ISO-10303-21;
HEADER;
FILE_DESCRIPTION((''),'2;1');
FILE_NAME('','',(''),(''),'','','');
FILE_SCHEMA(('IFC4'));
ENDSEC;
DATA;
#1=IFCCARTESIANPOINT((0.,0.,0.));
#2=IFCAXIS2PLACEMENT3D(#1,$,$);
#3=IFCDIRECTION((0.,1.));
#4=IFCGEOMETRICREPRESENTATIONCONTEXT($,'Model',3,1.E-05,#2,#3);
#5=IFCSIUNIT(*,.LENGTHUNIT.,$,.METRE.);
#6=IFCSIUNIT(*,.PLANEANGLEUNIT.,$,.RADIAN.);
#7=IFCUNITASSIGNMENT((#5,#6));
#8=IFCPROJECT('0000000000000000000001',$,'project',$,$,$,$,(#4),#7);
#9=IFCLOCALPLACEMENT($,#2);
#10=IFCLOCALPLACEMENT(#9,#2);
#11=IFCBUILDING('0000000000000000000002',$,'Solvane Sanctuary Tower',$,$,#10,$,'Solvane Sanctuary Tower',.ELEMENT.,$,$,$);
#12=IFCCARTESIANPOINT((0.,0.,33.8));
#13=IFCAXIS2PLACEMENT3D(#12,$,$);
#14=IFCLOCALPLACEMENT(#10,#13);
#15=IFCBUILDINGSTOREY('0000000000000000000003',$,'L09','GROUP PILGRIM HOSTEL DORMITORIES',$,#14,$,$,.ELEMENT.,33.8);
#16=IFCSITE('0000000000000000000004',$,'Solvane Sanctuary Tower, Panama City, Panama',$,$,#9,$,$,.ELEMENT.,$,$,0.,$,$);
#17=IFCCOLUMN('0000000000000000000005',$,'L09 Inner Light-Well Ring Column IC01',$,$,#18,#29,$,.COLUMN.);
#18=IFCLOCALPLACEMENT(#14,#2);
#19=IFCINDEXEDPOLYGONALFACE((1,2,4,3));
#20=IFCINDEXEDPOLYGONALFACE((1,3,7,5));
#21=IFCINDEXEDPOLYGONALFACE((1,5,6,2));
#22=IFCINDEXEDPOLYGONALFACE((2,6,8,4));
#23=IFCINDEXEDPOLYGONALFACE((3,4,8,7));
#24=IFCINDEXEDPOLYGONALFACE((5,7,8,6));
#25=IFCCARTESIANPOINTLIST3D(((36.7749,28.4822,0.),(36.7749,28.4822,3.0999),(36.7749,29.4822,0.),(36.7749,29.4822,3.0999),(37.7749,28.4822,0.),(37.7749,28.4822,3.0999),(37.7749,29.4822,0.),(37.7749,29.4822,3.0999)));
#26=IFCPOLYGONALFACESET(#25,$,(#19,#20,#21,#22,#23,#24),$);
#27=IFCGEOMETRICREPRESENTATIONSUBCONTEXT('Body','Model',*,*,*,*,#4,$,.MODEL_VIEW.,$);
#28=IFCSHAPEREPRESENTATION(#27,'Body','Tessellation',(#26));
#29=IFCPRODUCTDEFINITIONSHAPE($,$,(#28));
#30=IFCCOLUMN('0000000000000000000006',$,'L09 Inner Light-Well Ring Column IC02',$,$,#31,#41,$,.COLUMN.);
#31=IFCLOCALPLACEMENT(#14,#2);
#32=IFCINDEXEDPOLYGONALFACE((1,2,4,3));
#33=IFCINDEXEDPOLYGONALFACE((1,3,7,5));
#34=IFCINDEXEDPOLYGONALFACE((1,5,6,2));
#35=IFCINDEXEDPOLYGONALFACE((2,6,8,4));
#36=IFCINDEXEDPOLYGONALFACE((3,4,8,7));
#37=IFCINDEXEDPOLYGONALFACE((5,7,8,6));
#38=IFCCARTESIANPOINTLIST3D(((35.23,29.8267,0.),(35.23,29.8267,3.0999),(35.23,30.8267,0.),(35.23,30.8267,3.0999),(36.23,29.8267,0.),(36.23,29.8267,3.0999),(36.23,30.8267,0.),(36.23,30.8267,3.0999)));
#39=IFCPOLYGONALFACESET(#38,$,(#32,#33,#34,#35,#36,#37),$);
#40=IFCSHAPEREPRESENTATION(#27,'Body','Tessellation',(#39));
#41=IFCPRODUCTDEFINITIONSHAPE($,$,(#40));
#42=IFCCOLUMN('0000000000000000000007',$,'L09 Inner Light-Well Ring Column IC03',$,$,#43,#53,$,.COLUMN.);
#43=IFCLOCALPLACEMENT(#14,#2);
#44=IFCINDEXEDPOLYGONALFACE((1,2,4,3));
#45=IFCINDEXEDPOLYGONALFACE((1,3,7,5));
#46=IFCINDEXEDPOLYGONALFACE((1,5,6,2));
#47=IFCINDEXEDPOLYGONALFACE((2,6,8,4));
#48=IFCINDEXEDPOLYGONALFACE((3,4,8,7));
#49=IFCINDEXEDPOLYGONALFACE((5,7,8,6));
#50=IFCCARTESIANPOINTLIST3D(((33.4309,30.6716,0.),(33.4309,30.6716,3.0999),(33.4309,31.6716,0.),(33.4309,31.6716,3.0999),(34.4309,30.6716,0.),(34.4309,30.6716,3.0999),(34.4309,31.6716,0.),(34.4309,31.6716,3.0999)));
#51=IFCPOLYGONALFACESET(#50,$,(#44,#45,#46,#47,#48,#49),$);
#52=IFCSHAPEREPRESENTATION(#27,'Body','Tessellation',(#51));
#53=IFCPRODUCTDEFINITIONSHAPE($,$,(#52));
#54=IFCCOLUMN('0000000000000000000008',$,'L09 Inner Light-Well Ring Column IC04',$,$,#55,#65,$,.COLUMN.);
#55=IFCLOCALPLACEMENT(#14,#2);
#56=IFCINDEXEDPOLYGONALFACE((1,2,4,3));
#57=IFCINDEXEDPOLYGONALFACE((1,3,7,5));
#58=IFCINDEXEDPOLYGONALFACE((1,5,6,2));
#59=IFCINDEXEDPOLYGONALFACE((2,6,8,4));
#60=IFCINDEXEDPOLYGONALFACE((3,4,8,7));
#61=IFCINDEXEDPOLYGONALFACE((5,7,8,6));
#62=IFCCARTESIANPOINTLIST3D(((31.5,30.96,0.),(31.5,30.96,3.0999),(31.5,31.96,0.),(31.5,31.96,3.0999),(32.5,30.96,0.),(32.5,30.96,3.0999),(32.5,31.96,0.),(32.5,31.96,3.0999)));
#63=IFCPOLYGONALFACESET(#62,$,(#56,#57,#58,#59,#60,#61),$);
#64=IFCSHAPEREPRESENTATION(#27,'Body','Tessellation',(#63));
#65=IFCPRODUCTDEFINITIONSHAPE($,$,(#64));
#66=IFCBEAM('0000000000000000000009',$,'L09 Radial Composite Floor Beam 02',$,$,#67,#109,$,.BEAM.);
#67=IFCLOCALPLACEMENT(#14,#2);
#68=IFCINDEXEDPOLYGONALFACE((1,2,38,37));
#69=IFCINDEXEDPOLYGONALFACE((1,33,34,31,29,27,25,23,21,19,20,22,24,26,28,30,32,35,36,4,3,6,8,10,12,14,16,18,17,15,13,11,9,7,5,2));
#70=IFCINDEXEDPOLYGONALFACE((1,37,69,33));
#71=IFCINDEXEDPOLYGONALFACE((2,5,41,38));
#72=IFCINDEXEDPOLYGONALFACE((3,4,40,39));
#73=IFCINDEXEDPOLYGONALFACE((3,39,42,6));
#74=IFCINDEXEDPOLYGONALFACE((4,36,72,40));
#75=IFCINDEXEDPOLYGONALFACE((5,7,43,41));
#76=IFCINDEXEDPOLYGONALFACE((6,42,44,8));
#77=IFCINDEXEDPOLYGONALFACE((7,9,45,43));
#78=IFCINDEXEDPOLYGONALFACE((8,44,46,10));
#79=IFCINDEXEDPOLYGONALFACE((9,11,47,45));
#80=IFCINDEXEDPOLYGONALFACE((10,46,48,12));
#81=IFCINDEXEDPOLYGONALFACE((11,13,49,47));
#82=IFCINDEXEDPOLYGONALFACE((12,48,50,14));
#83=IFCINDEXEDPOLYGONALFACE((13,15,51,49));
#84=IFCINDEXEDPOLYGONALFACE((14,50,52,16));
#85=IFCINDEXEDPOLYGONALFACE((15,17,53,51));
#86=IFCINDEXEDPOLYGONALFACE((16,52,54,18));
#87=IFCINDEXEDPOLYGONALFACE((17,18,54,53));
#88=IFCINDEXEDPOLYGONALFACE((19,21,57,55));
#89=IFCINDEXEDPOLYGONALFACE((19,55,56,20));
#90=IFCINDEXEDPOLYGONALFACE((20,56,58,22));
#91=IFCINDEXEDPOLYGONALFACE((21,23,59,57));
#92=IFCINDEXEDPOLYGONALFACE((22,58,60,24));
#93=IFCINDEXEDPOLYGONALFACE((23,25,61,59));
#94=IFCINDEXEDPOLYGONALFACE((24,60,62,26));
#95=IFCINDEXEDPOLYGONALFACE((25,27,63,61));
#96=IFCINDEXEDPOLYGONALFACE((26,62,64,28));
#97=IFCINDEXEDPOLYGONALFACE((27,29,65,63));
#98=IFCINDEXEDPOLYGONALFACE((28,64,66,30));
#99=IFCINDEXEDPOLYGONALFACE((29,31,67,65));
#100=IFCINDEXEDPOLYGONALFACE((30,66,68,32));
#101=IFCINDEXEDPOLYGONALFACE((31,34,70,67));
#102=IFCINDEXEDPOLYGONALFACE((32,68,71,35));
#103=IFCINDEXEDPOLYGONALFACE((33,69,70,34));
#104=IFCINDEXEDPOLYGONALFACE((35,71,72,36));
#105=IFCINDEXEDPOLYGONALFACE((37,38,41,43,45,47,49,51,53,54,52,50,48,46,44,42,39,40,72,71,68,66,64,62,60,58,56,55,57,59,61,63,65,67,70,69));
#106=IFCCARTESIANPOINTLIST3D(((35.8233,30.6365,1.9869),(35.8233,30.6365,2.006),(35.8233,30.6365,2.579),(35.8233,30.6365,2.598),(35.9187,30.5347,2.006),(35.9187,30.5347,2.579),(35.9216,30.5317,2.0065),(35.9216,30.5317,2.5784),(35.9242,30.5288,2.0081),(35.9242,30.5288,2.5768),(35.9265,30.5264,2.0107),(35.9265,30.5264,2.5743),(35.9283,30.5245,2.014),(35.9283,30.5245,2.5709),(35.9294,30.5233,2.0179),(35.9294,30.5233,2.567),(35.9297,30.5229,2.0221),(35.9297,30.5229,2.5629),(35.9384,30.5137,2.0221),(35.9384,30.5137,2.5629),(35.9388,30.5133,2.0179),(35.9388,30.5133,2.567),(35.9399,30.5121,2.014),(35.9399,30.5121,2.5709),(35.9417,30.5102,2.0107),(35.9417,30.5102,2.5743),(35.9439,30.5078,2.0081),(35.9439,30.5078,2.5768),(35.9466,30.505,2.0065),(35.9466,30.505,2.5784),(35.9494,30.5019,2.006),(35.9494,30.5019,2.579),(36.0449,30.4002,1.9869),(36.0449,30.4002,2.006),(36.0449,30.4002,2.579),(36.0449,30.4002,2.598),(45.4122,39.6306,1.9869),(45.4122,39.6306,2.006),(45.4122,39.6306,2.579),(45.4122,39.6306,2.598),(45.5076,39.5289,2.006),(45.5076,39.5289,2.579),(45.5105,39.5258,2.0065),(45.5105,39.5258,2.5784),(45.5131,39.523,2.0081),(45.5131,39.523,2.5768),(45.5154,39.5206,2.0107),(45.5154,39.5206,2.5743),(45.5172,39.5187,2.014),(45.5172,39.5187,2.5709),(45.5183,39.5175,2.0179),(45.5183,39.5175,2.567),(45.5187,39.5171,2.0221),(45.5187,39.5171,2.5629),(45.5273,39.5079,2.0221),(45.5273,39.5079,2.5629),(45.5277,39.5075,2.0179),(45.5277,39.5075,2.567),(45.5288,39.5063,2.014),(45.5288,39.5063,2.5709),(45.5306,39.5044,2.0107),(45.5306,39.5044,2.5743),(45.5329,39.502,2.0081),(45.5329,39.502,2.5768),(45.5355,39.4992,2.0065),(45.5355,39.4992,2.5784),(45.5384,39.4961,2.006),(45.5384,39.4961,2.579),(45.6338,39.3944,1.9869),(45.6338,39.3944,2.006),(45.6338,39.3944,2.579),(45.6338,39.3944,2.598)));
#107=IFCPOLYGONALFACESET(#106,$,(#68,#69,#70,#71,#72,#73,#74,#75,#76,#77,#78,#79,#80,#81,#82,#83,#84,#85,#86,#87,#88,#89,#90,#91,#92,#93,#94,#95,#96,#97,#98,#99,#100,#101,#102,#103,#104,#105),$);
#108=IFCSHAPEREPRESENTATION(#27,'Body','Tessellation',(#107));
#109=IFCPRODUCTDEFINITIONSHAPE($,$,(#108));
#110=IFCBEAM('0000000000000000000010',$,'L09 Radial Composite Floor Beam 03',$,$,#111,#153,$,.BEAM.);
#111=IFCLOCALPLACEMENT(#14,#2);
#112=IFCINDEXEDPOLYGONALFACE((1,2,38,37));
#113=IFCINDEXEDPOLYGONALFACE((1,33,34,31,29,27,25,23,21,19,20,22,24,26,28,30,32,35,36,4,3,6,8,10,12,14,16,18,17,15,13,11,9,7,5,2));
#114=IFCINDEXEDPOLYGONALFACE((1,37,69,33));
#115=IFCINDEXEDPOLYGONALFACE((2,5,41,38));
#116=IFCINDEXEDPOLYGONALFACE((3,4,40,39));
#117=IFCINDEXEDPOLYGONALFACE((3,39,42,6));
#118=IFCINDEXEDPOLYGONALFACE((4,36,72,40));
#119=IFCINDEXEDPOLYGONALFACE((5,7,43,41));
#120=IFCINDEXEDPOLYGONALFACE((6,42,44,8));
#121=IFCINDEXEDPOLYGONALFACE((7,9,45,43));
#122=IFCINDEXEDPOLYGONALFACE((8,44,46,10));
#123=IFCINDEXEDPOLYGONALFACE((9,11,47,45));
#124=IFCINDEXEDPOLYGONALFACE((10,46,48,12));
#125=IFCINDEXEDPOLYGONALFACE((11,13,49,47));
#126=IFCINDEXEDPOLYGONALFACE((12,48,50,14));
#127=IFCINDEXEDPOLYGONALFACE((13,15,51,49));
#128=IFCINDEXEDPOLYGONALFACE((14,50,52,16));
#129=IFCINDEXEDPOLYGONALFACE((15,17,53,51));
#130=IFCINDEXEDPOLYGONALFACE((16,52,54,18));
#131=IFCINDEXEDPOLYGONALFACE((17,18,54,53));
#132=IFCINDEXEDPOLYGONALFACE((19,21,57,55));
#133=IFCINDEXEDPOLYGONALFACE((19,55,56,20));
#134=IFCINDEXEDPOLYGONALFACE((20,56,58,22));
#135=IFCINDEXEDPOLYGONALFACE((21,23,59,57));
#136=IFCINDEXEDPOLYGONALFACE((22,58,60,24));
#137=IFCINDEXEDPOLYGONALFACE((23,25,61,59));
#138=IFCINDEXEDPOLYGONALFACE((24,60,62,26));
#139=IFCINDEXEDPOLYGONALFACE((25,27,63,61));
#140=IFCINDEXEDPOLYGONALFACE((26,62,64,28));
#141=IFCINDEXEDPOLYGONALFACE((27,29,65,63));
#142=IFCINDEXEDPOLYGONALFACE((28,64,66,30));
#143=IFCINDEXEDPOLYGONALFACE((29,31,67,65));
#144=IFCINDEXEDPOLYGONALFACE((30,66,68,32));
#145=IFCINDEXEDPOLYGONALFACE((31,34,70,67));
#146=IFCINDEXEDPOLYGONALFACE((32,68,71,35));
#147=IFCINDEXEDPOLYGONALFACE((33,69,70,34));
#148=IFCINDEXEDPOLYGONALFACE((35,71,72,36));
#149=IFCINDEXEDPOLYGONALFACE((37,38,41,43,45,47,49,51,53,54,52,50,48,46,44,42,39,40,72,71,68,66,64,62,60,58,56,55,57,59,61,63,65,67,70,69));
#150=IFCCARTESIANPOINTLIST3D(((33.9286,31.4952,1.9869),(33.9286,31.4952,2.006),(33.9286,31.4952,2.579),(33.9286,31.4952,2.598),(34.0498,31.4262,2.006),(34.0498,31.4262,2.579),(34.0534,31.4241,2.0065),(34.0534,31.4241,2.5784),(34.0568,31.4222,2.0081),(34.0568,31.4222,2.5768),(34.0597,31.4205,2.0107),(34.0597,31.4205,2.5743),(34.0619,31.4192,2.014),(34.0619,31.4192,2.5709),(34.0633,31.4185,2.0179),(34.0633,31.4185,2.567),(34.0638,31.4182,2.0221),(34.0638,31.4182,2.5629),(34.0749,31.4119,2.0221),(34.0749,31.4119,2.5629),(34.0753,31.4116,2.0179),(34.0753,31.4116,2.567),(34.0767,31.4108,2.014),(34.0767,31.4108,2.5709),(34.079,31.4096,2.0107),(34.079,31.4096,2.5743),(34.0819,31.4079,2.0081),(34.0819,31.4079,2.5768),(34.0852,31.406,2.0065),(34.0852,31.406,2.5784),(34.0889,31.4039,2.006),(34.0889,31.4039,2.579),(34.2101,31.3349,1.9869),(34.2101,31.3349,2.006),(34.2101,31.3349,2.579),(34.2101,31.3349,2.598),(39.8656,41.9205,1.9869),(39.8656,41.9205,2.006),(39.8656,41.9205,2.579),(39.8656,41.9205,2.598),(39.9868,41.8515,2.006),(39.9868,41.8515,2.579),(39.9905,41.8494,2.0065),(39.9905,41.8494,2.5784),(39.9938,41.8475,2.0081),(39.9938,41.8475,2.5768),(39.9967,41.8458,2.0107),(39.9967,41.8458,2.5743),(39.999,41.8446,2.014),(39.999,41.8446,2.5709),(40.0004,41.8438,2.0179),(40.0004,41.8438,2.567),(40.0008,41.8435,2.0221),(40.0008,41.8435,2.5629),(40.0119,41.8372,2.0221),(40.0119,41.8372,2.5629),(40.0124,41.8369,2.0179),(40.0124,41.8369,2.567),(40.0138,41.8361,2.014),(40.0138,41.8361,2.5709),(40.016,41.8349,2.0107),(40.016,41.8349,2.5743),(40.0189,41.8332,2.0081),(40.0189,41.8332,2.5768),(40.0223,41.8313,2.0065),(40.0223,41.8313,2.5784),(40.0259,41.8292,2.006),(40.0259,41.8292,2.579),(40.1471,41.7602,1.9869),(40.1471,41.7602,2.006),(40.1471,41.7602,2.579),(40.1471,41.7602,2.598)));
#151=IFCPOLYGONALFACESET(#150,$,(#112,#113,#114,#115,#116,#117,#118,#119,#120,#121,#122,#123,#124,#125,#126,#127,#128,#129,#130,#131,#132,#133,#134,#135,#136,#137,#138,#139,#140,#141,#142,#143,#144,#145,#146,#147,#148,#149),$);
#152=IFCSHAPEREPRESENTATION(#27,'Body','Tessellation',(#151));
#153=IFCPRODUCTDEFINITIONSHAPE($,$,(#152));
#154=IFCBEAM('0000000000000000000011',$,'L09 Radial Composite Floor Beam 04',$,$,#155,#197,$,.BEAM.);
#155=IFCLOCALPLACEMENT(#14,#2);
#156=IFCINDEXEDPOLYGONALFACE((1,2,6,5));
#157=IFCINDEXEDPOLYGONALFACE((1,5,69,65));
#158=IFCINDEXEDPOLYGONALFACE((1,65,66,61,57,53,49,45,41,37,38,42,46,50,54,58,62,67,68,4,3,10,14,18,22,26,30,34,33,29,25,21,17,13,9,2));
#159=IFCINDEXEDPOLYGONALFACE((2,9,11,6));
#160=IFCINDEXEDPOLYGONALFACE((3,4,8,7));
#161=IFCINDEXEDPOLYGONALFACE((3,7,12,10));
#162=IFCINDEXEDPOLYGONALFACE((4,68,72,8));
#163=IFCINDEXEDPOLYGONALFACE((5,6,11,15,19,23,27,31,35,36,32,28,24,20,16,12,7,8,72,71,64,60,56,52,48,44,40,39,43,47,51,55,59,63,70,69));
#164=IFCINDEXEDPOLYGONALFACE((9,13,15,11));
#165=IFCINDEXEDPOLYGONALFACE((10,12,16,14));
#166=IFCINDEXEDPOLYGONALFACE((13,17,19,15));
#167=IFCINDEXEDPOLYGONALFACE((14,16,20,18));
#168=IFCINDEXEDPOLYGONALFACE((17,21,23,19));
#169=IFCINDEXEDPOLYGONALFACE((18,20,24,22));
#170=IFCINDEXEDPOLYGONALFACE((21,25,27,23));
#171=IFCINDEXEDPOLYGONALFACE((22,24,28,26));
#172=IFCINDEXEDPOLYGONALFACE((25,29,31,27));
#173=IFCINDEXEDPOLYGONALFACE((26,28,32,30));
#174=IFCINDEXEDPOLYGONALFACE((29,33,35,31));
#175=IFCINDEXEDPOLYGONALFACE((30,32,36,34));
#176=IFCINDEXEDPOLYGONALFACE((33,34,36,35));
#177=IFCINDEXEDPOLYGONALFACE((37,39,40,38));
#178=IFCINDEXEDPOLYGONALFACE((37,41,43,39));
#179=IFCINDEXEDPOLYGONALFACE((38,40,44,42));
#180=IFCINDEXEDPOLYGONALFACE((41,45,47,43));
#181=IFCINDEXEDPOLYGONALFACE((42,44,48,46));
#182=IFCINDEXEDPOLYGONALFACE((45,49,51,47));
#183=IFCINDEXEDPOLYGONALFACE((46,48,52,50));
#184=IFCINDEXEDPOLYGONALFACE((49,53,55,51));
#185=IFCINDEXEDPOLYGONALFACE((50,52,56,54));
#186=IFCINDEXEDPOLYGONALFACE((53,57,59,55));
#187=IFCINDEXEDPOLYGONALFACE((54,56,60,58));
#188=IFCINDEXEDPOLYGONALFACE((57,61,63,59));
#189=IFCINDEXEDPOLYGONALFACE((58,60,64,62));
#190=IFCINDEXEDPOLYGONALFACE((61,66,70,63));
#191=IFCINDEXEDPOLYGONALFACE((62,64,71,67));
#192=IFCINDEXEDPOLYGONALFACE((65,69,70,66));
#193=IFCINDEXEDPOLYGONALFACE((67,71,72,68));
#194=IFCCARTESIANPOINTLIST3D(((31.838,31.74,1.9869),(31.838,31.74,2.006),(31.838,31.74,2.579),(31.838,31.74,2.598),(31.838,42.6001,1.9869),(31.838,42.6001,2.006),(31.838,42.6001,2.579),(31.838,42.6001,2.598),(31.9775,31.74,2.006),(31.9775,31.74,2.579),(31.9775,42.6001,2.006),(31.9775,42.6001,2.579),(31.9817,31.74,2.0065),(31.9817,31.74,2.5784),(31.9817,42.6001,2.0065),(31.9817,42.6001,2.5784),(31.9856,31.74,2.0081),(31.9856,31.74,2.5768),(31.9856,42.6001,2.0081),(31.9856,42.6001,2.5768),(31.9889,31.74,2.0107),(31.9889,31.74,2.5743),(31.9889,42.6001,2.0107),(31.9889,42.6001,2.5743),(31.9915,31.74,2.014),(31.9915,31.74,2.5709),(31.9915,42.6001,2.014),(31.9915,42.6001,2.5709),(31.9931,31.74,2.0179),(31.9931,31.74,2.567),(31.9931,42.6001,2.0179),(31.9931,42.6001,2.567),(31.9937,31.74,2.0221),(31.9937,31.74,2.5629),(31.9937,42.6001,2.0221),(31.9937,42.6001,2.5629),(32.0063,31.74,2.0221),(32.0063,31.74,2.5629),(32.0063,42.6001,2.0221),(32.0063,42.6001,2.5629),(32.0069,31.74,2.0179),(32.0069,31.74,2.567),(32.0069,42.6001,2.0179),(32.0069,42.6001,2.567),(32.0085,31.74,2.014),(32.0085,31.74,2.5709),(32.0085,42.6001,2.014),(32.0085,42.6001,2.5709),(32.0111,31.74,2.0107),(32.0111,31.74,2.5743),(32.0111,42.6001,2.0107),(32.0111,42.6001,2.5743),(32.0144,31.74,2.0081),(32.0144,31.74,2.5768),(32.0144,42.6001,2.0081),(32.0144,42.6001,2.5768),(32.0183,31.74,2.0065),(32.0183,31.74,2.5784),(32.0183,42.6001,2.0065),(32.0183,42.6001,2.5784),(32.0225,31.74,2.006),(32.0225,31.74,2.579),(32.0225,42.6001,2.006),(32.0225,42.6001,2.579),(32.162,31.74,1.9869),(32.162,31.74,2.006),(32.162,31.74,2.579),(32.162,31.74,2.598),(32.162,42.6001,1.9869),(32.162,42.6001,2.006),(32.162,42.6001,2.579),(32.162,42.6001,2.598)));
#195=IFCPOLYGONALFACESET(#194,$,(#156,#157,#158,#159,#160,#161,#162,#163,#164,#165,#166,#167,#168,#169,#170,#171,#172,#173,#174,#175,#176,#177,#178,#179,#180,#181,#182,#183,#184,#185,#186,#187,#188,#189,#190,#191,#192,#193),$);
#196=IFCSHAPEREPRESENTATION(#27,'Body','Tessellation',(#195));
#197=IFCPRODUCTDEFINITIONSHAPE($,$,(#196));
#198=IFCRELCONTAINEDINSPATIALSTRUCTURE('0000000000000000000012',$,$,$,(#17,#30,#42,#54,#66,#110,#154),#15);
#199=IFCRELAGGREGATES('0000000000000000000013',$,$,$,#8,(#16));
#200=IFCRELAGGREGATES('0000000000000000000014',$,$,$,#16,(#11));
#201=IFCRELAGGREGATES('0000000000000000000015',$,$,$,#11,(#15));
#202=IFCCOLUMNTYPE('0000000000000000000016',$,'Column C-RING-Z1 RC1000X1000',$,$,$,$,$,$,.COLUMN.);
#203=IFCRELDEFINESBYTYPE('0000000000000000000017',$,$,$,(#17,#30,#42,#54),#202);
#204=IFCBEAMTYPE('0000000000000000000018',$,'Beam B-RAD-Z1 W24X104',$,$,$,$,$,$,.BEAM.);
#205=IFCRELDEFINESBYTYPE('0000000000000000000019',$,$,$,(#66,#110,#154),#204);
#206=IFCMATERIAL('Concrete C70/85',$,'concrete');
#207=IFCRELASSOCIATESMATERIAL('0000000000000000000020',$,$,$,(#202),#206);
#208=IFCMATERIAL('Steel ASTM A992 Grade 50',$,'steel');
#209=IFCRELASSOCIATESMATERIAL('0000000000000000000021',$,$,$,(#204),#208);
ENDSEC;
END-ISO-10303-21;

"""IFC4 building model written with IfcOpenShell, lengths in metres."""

from ifc_helpers import new_model, si_unit, direction, frame, origin, origin_2d, place, context, subcontext, project, spatial, rectangle, i_section, extrude, material, material_profile, profile_set, type_object, element, save


model = new_model("IFC4")

# Units and contexts
model_context = context("Model", 3, precision=1e-05, world=origin(), true_north=direction((0.0, 1.0)))
body_context = subcontext(model_context, "Body", "Model", "MODEL_VIEW")
ifc_project = project(units=[si_unit("LENGTHUNIT", "METRE"), si_unit("PLANEANGLEUNIT", "RADIAN")], contexts=[model_context])

# Site, building, storey
site_placement = place(None, origin())
site = spatial("IfcSite", under=ifc_project, at=site_placement, Name="Solvane Sanctuary Tower, Panama City, Panama", CompositionType="ELEMENT", RefElevation=0.0)
building_placement = place(site_placement, origin())
building = spatial("IfcBuilding", under=site, at=building_placement, Name="Solvane Sanctuary Tower", LongName="Solvane Sanctuary Tower", CompositionType="ELEMENT")
storey_placement = place(building_placement, frame((0.0, 0.0, 33.8)))
storey = spatial("IfcBuildingStorey", under=building, at=storey_placement, Name="L09", Description="GROUP PILGRIM HOSTEL DORMITORIES", CompositionType="ELEMENT", Elevation=33.8)

# Columns
ifc_material_1 = material(Name="Concrete C70/85", Category="concrete")
ifc_material_profile_1 = material_profile(ifc_material_1, rectangle(XDim=1.0, YDim=1.0, at=origin_2d()), Name="RC1000X1000")
ifc_profile_set_1 = profile_set([ifc_material_profile_1], Name="Concrete C70/85")
column_type = type_object("IfcColumnType", Name="Column C-RING-Z1 RC1000X1000", PredefinedType="COLUMN", material=ifc_profile_set_1)
for number, where, z_axis, x_axis, name in (
    (1, (37.2749, 28.9822, 0.0), (0.0, 0.0, 1.0), (1.0, 0.0, 0.0), "L09 Inner Light-Well Ring Column IC01"),
    (2, (35.73, 30.3267, 0.0), (0.0, 0.0, 1.0), (1.0, 0.0, 0.0), "L09 Inner Light-Well Ring Column IC02"),
    (3, (33.9309, 31.1716, 0.0), (0.0, 0.0, 1.0), (1.0, 0.0, 0.0), "L09 Inner Light-Well Ring Column IC03"),
    (4, (32.0, 31.46, 0.0), (0.0, 0.0, 1.0), (1.0, 0.0, 0.0), "L09 Inner Light-Well Ring Column IC04"),
):
    element("IfcColumn", number, at=place(storey_placement, frame(where, z_axis=z_axis, x_axis=x_axis)), inside=storey, type_object=column_type, Name=name, PredefinedType="COLUMN", context=body_context, shape_type="SweptSolid", body=[
        extrude(rectangle(XDim=1.0, YDim=1.0, at=origin_2d()), origin(), (0.0, 0.0, 1.0), 3.0999),
    ])

# Beams
ifc_material_2 = material(Name="Steel ASTM A992 Grade 50", Category="steel")
ifc_material_profile_2 = material_profile(ifc_material_2, i_section(OverallWidth=0.324, OverallDepth=0.6111, WebThickness=0.0127, FlangeThickness=0.019, FilletRadius=0.0161, at=origin_2d()), Name="W24X104")
ifc_profile_set_2 = profile_set([ifc_material_profile_2], Name="Steel ASTM A992 Grade 50")
beam_type_1 = type_object("IfcBeamType", Name="Beam B-RAD-Z1 W24X104", PredefinedType="BEAM", material=ifc_profile_set_2)
beam_1_placement = place(storey_placement, frame((35.9341, 30.5183, 2.2925), z_axis=(0.729363, 0.684126, 0.0), x_axis=(-0.684126, 0.729363, 0.0)))
element("IfcBeam", 5, at=beam_1_placement, inside=storey, type_object=beam_type_1, Name="L09 Radial Composite Floor Beam 02", PredefinedType="BEAM", context=body_context, shape_type="SweptSolid", body=[
    extrude(i_section(OverallWidth=0.324, OverallDepth=0.6111, WebThickness=0.0127, FlangeThickness=0.019, FilletRadius=0.0161, at=origin_2d()), origin(), (0.0, 0.0, 1.0), 13.147),
])
beam_2_placement = place(storey_placement, frame((34.0693, 31.415, 2.2925), z_axis=(0.494863, 0.868971, 0.0), x_axis=(-0.868971, 0.494863, 0.0)))
element("IfcBeam", 6, at=beam_2_placement, inside=storey, type_object=beam_type_1, Name="L09 Radial Composite Floor Beam 03", PredefinedType="BEAM", context=body_context, shape_type="SweptSolid", body=[
    extrude(i_section(OverallWidth=0.324, OverallDepth=0.6111, WebThickness=0.0127, FlangeThickness=0.019, FilletRadius=0.0161, at=origin_2d()), origin(), (0.0, 0.0, 1.0), 11.9973),
])
beam_3_placement = place(storey_placement, frame((32.0, 31.74, 2.2925), z_axis=(0.0, 1.0, 0.0), x_axis=(-1.0, 0.0, 0.0)))
element("IfcBeam", 7, at=beam_3_placement, inside=storey, type_object=beam_type_1, Name="L09 Radial Composite Floor Beam 04", PredefinedType="BEAM", context=body_context, shape_type="SweptSolid", body=[
    extrude(i_section(OverallWidth=0.324, OverallDepth=0.6111, WebThickness=0.0127, FlangeThickness=0.019, FilletRadius=0.0161, at=origin_2d()), origin(), (0.0, 0.0, 1.0), 10.8601),
])

save(model, "model.ifc")
